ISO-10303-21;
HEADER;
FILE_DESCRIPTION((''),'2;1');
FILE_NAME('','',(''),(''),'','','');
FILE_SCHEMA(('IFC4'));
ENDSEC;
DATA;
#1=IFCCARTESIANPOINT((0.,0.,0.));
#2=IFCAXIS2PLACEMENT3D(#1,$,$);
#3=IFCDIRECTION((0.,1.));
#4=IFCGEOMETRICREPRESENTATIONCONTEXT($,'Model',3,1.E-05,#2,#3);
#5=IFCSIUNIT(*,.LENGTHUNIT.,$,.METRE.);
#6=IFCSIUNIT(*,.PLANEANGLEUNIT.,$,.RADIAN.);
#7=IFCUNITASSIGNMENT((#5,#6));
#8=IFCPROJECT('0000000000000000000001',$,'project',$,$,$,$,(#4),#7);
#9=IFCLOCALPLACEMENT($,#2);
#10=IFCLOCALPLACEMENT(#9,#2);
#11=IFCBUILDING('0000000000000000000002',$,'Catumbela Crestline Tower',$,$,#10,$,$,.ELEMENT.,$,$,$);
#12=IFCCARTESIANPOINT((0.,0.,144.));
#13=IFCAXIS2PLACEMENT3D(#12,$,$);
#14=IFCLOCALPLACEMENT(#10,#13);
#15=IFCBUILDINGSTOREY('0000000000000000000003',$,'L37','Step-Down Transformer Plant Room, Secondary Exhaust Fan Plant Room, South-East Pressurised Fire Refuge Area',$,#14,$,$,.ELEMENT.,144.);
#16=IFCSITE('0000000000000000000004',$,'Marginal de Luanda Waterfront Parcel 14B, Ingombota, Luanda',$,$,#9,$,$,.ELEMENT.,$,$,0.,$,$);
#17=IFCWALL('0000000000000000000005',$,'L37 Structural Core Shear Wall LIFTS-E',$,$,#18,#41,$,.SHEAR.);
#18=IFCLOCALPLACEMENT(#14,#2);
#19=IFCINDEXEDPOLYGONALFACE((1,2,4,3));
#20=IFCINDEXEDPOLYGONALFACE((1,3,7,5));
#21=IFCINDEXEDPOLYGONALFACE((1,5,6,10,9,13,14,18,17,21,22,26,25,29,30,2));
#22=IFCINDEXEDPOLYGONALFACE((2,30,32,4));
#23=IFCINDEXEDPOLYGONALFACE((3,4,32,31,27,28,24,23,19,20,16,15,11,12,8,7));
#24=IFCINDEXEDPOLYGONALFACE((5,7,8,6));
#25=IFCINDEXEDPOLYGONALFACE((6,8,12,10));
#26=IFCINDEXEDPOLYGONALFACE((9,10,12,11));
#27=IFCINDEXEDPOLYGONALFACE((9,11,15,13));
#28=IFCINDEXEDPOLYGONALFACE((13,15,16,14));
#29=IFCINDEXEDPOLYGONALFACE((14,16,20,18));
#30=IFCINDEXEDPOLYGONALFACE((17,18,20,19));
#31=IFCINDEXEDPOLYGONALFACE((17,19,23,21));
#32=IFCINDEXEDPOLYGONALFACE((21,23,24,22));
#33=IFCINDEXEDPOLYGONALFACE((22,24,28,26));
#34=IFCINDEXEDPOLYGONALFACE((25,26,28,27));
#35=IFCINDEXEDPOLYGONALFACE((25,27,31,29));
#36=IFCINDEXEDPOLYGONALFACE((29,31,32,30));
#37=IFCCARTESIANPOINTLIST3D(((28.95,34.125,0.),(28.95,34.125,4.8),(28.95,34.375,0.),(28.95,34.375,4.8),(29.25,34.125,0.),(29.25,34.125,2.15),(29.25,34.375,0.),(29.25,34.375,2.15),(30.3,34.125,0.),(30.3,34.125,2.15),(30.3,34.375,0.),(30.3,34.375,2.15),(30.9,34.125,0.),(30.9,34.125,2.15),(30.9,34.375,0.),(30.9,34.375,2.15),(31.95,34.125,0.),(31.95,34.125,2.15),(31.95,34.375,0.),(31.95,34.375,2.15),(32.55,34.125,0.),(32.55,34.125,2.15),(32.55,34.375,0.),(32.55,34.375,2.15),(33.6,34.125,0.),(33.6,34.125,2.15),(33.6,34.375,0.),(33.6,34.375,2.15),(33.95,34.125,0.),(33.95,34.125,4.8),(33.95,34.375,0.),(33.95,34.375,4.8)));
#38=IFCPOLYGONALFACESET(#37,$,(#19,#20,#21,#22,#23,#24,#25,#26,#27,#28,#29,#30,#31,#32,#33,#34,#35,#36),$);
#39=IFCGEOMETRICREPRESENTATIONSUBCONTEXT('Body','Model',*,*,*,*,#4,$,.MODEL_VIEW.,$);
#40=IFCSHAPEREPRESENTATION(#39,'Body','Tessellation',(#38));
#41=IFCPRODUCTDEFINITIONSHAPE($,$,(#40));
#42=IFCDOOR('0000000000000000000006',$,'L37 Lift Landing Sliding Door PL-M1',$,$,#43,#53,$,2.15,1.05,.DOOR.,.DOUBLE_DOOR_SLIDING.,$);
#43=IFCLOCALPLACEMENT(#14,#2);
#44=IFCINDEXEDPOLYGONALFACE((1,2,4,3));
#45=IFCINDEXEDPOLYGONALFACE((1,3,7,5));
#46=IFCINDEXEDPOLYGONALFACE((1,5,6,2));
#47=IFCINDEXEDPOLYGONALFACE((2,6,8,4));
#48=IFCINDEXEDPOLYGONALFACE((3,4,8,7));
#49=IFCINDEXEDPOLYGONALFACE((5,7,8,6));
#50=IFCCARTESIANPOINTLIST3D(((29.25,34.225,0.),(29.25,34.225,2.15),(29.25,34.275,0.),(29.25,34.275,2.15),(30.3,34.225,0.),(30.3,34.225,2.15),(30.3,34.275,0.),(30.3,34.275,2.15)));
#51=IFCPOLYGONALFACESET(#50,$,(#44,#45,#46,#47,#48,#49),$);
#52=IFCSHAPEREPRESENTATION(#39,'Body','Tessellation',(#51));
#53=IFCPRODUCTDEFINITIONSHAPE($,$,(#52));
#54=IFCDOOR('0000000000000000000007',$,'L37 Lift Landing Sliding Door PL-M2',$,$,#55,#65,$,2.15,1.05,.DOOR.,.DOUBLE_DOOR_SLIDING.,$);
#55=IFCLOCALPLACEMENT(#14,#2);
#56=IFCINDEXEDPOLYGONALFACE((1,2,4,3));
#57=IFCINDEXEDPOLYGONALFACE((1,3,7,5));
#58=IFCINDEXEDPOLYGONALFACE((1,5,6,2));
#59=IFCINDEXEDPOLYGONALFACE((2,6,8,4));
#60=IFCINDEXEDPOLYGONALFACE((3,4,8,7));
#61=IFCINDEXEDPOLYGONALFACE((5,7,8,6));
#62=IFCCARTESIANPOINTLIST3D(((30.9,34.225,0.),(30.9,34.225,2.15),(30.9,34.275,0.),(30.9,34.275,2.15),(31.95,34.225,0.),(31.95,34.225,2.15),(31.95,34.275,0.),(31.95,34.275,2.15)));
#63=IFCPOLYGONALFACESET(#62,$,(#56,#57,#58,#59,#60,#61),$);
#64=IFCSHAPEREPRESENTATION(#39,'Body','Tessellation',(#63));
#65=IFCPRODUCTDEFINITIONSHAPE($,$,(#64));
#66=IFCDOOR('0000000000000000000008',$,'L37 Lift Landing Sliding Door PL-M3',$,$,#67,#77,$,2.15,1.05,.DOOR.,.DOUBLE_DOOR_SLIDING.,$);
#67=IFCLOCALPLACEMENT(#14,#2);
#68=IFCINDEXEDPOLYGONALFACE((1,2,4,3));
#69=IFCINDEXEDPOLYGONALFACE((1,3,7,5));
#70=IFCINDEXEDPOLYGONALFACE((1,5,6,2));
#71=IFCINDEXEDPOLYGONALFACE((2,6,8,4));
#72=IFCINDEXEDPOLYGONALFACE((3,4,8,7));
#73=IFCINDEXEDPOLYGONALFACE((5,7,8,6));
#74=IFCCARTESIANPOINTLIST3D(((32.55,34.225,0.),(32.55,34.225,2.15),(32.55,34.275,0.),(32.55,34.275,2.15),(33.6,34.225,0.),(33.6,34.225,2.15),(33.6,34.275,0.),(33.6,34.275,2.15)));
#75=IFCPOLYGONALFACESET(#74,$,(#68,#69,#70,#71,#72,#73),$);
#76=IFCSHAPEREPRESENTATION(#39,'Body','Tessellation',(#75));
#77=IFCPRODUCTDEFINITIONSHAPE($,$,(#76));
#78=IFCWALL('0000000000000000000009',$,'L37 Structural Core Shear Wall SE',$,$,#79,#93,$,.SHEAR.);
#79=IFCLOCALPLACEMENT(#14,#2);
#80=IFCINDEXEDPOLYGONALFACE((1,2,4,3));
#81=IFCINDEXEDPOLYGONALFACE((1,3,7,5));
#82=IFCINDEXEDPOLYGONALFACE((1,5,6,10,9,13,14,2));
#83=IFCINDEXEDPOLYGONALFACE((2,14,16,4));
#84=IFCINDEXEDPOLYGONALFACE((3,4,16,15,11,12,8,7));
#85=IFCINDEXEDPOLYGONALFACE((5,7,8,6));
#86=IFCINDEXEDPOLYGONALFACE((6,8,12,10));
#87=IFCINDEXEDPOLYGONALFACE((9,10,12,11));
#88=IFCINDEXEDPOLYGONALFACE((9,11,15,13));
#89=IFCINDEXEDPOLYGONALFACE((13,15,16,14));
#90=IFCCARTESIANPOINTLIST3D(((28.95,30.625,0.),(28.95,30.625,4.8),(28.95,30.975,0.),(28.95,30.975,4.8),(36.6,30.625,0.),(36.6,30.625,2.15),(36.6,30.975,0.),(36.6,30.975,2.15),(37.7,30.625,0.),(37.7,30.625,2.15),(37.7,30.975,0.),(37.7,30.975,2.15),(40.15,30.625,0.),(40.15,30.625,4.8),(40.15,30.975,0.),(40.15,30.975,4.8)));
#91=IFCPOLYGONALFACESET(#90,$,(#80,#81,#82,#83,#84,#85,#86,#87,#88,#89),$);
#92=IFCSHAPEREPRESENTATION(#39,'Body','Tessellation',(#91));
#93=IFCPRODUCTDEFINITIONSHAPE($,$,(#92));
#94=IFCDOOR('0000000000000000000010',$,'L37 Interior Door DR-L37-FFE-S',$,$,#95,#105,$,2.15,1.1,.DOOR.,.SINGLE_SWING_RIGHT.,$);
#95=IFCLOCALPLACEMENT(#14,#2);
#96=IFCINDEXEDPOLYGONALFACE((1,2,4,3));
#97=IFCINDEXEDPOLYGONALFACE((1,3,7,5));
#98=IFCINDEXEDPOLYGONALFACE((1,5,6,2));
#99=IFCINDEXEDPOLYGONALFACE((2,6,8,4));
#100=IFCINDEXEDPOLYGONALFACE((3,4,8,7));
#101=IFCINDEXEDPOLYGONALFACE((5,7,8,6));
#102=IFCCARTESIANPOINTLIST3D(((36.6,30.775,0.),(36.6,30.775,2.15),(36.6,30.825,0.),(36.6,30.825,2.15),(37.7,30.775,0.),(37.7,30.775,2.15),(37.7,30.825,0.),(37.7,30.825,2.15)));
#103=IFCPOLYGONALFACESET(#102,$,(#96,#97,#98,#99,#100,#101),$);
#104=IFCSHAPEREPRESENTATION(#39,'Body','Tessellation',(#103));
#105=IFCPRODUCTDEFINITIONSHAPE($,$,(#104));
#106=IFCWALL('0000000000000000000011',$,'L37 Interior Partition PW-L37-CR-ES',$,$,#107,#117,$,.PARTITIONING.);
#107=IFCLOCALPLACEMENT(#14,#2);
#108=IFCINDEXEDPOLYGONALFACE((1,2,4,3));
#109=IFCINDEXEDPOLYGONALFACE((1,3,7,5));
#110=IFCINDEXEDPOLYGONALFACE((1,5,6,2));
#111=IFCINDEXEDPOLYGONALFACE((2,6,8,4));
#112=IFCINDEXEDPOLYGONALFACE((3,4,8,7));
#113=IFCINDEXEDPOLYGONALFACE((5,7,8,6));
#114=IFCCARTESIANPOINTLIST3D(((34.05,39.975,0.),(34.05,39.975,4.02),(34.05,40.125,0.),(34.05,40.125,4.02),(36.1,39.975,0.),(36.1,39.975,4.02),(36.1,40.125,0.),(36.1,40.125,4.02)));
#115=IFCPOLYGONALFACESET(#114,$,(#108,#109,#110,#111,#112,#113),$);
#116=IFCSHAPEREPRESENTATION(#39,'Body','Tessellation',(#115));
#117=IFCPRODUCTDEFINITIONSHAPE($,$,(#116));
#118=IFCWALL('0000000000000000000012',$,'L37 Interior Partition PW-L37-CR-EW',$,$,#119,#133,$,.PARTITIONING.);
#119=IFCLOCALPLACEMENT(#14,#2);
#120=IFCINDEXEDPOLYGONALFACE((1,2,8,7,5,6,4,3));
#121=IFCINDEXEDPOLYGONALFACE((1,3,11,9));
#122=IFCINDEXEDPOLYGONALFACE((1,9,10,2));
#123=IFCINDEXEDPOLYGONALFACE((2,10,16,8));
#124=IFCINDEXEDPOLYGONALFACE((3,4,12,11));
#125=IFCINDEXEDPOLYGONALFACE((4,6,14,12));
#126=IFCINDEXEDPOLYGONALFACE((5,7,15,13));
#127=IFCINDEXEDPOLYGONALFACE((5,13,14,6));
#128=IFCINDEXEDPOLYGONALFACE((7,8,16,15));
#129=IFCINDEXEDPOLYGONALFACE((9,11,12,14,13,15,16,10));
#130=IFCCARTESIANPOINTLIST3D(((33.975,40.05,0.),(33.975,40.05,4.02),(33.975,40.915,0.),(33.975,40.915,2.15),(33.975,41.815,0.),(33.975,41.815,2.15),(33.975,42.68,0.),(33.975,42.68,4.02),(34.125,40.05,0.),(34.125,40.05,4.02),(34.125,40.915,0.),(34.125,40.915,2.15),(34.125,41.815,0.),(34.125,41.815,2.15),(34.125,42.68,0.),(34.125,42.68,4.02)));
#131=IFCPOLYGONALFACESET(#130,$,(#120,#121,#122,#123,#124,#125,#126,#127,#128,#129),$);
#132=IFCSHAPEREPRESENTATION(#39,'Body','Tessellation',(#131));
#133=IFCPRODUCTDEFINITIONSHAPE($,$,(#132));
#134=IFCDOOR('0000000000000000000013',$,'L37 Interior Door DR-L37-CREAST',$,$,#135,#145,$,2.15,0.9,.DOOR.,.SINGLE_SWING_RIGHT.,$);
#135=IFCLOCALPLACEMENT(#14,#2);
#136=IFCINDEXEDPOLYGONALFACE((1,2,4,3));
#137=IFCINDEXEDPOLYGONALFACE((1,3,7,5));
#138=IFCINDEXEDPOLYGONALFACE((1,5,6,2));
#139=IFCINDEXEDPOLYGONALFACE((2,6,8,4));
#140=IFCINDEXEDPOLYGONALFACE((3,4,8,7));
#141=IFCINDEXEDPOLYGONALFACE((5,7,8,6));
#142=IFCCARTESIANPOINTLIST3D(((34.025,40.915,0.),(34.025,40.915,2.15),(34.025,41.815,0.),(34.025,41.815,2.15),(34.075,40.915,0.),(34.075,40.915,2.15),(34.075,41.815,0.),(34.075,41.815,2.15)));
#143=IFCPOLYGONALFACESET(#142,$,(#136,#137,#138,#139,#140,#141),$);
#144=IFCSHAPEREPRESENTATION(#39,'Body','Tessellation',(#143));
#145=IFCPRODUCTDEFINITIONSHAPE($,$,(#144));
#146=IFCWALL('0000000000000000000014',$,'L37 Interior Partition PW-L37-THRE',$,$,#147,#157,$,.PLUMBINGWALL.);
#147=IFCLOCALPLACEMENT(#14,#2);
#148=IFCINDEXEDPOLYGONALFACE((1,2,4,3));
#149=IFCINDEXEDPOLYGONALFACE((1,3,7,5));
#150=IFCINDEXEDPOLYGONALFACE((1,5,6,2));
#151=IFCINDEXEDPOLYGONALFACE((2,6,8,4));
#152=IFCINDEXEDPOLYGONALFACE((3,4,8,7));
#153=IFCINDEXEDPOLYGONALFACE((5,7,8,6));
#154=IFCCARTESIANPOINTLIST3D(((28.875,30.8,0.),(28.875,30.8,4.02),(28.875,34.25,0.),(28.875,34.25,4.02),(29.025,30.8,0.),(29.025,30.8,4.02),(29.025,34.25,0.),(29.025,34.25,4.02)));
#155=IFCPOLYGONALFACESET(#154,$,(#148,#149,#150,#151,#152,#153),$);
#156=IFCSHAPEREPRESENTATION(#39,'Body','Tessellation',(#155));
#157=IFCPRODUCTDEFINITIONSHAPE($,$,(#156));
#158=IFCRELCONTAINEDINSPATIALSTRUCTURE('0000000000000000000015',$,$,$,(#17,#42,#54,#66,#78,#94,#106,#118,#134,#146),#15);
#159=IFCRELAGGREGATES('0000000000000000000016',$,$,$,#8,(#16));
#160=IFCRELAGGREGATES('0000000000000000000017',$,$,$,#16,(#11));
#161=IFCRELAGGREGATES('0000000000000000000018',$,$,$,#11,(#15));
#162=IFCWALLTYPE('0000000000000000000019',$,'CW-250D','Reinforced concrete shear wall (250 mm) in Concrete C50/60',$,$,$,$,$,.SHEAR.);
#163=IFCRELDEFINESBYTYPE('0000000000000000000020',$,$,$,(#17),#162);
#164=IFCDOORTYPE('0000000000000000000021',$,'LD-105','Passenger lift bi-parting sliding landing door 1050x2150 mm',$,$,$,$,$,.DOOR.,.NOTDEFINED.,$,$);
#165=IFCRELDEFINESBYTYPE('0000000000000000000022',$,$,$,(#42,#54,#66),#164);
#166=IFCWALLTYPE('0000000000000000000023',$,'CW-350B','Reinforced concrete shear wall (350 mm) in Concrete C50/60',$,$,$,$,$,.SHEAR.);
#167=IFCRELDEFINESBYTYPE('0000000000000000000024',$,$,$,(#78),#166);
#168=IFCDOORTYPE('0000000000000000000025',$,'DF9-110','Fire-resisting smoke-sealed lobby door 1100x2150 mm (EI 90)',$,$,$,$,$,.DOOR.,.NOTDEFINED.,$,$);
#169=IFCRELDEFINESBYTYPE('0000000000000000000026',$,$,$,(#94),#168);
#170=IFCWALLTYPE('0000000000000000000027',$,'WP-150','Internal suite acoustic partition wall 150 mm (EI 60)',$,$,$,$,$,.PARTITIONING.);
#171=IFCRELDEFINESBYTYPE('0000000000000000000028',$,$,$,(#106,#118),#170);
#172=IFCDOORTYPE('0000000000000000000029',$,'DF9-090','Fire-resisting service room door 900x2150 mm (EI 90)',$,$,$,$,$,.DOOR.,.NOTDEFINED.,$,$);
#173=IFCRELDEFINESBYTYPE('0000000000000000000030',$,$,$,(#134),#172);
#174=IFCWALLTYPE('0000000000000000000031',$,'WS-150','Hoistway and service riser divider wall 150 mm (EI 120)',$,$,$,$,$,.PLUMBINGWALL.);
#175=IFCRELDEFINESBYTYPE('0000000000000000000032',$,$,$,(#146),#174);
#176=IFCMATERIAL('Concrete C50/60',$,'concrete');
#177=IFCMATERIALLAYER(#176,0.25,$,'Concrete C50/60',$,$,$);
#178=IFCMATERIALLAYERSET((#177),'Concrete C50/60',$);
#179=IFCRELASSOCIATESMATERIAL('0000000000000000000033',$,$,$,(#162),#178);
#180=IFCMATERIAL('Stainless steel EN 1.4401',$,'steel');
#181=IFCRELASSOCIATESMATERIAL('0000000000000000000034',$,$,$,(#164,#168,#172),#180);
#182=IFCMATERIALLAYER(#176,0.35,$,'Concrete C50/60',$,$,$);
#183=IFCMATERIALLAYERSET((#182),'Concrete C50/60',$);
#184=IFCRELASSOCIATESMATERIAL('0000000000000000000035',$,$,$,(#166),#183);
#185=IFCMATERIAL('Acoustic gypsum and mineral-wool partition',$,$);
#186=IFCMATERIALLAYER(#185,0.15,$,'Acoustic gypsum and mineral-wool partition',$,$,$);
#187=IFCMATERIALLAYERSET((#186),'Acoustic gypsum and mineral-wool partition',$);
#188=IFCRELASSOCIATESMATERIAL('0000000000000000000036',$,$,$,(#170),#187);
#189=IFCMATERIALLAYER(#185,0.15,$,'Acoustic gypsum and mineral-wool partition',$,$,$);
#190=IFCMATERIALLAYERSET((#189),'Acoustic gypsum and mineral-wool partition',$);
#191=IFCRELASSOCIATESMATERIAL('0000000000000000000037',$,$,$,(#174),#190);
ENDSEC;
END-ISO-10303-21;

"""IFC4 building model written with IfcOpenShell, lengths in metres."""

from ifc_helpers import new_model, si_unit, direction, frame, frame_2d, origin, place, context, subcontext, project, spatial, rectangle, extrude, material, layer, layer_set, type_object, element, fill, save


model = new_model("IFC4")

# Units and contexts
model_context = context("Model", 3, precision=1e-05, world=origin(), true_north=direction((0.0, 1.0)))
body_context = subcontext(model_context, "Body", "Model", "MODEL_VIEW")
ifc_project = project(units=[si_unit("LENGTHUNIT", "METRE"), si_unit("PLANEANGLEUNIT", "RADIAN")], contexts=[model_context])

# Site, building, storey
site_placement = place(None, origin())
site = spatial("IfcSite", under=ifc_project, at=site_placement, Name="Marginal de Luanda Waterfront Parcel 14B, Ingombota, Luanda", CompositionType="ELEMENT", RefElevation=0.0)
building_placement = place(site_placement, origin())
building = spatial("IfcBuilding", under=site, at=building_placement, Name="Catumbela Crestline Tower", CompositionType="ELEMENT")
storey_placement = place(building_placement, frame((0.0, 0.0, 144.0)))
storey = spatial("IfcBuildingStorey", under=building, at=storey_placement, Name="L37", Description="Step-Down Transformer Plant Room, Secondary Exhaust Fan Plant Room, South-East Pressurised Fire Refuge Area", CompositionType="ELEMENT", Elevation=144.0)

# Shared definitions
ifc_material_1 = material(Name="Concrete C50/60", Category="concrete")
ifc_layer_1 = layer(ifc_material_1, 0.25, Name="Concrete C50/60")
ifc_layer_set_1 = layer_set([ifc_layer_1], Name="Concrete C50/60")
wall_type_1 = type_object("IfcWallType", Name="CW-250D", Description="Reinforced concrete shear wall (250 mm) in Concrete C50/60", PredefinedType="SHEAR", material=ifc_layer_set_1)

# Wall, openings, doors
ifc_material_2 = material(Name="Stainless steel EN 1.4401", Category="steel")
wall_1_placement = place(storey_placement, frame((28.95, 34.25, 0.0), z_axis=(0.0, 0.0, 1.0), x_axis=(1.0, 0.0, 0.0)))
wall_1 = element("IfcWall", 1, at=wall_1_placement, inside=storey, type_object=wall_type_1, Name="L37 Structural Core Shear Wall LIFTS-E", PredefinedType="SHEAR", context=body_context, shape_type="SweptSolid", body=[
    extrude(rectangle(XDim=5.0, YDim=0.25, at=frame_2d((2.5, 0.0))), origin(), (0.0, 0.0, 1.0), 4.8),
])
opening_1_placement = place(wall_1_placement, frame((0.3, 0.0, 0.0)))
opening_1 = element("IfcOpeningElement", 2, at=opening_1_placement, cuts=wall_1, PredefinedType="OPENING", context=body_context, shape_type="SweptSolid", body=[
    extrude(rectangle(XDim=1.05, YDim=2.15, at=frame_2d((0.525, 1.075))), frame((0.0, 0.135, 0.0), z_axis=(0.0, -1.0, 0.0), x_axis=(1.0, 0.0, 0.0)), (0.0, 0.0, 1.0), 0.27),
])
opening_2_placement = place(wall_1_placement, frame((1.95, 0.0, 0.0)))
opening_2 = element("IfcOpeningElement", 3, at=opening_2_placement, cuts=wall_1, PredefinedType="OPENING", context=body_context, shape_type="SweptSolid", body=[
    extrude(rectangle(XDim=1.05, YDim=2.15, at=frame_2d((0.525, 1.075))), frame((0.0, 0.135, 0.0), z_axis=(0.0, -1.0, 0.0), x_axis=(1.0, 0.0, 0.0)), (0.0, 0.0, 1.0), 0.27),
])
opening_3_placement = place(wall_1_placement, frame((3.6, 0.0, 0.0)))
opening_3 = element("IfcOpeningElement", 4, at=opening_3_placement, cuts=wall_1, PredefinedType="OPENING", context=body_context, shape_type="SweptSolid", body=[
    extrude(rectangle(XDim=1.05, YDim=2.15, at=frame_2d((0.525, 1.075))), frame((0.0, 0.135, 0.0), z_axis=(0.0, -1.0, 0.0), x_axis=(1.0, 0.0, 0.0)), (0.0, 0.0, 1.0), 0.27),
])
door_type_1 = type_object("IfcDoorType", Name="LD-105", Description="Passenger lift bi-parting sliding landing door 1050x2150 mm", OperationType="NOTDEFINED", PredefinedType="DOOR", material=ifc_material_2)
door_1_placement = place(opening_1_placement, origin())
door_1 = element("IfcDoor", 5, at=door_1_placement, inside=storey, type_object=door_type_1, Name="L37 Lift Landing Sliding Door PL-M1", OperationType="DOUBLE_DOOR_SLIDING", OverallHeight=2.15, OverallWidth=1.05, PredefinedType="DOOR", context=body_context, shape_type="SweptSolid", body=[
    extrude(rectangle(XDim=1.05, YDim=2.15, at=frame_2d((0.525, 1.075))), frame((0.0, 0.025, 0.0), z_axis=(0.0, -1.0, 0.0), x_axis=(1.0, 0.0, 0.0)), (0.0, 0.0, 1.0), 0.05),
])
fill(opening_1, door_1)
door_2_placement = place(opening_2_placement, origin())
door_2 = element("IfcDoor", 6, at=door_2_placement, inside=storey, type_object=door_type_1, Name="L37 Lift Landing Sliding Door PL-M2", OperationType="DOUBLE_DOOR_SLIDING", OverallHeight=2.15, OverallWidth=1.05, PredefinedType="DOOR", context=body_context, shape_type="SweptSolid", body=[
    extrude(rectangle(XDim=1.05, YDim=2.15, at=frame_2d((0.525, 1.075))), frame((0.0, 0.025, 0.0), z_axis=(0.0, -1.0, 0.0), x_axis=(1.0, 0.0, 0.0)), (0.0, 0.0, 1.0), 0.05),
])
fill(opening_2, door_2)
door_3_placement = place(opening_3_placement, origin())
door_3 = element("IfcDoor", 7, at=door_3_placement, inside=storey, type_object=door_type_1, Name="L37 Lift Landing Sliding Door PL-M3", OperationType="DOUBLE_DOOR_SLIDING", OverallHeight=2.15, OverallWidth=1.05, PredefinedType="DOOR", context=body_context, shape_type="SweptSolid", body=[
    extrude(rectangle(XDim=1.05, YDim=2.15, at=frame_2d((0.525, 1.075))), frame((0.0, 0.025, 0.0), z_axis=(0.0, -1.0, 0.0), x_axis=(1.0, 0.0, 0.0)), (0.0, 0.0, 1.0), 0.05),
])
fill(opening_3, door_3)

# Wall, opening, door
ifc_layer_2 = layer(ifc_material_1, 0.35, Name="Concrete C50/60")
ifc_layer_set_2 = layer_set([ifc_layer_2], Name="Concrete C50/60")
wall_type_2 = type_object("IfcWallType", Name="CW-350B", Description="Reinforced concrete shear wall (350 mm) in Concrete C50/60", PredefinedType="SHEAR", material=ifc_layer_set_2)
wall_2_placement = place(storey_placement, frame((28.95, 30.8, 0.0), z_axis=(0.0, 0.0, 1.0), x_axis=(1.0, 0.0, 0.0)))
wall_2 = element("IfcWall", 8, at=wall_2_placement, inside=storey, type_object=wall_type_2, Name="L37 Structural Core Shear Wall SE", PredefinedType="SHEAR", context=body_context, shape_type="SweptSolid", body=[
    extrude(rectangle(XDim=11.2, YDim=0.35, at=frame_2d((5.6, 0.0))), origin(), (0.0, 0.0, 1.0), 4.8),
])
opening_4_placement = place(wall_2_placement, frame((7.65, 0.0, 0.0)))
opening_4 = element("IfcOpeningElement", 9, at=opening_4_placement, cuts=wall_2, PredefinedType="OPENING", context=body_context, shape_type="SweptSolid", body=[
    extrude(rectangle(XDim=1.1, YDim=2.15, at=frame_2d((0.55, 1.075))), frame((0.0, 0.185, 0.0), z_axis=(0.0, -1.0, 0.0), x_axis=(1.0, 0.0, 0.0)), (0.0, 0.0, 1.0), 0.37),
])
door_type_2 = type_object("IfcDoorType", Name="DF9-110", Description="Fire-resisting smoke-sealed lobby door 1100x2150 mm (EI 90)", OperationType="NOTDEFINED", PredefinedType="DOOR", material=ifc_material_2)
door_4_placement = place(opening_4_placement, origin())
door_4 = element("IfcDoor", 10, at=door_4_placement, inside=storey, type_object=door_type_2, Name="L37 Interior Door DR-L37-FFE-S", OperationType="SINGLE_SWING_RIGHT", OverallHeight=2.15, OverallWidth=1.1, PredefinedType="DOOR", context=body_context, shape_type="SweptSolid", body=[
    extrude(rectangle(XDim=1.1, YDim=2.15, at=frame_2d((0.55, 1.075))), frame((0.0, 0.025, 0.0), z_axis=(0.0, -1.0, 0.0), x_axis=(1.0, 0.0, 0.0)), (0.0, 0.0, 1.0), 0.05),
])
fill(opening_4, door_4)

# Wall
ifc_material_3 = material(Name="Acoustic gypsum and mineral-wool partition")
ifc_layer_3 = layer(ifc_material_3, 0.15, Name="Acoustic gypsum and mineral-wool partition")
ifc_layer_set_3 = layer_set([ifc_layer_3], Name="Acoustic gypsum and mineral-wool partition")
wall_type_3 = type_object("IfcWallType", Name="WP-150", Description="Internal suite acoustic partition wall 150 mm (EI 60)", PredefinedType="PARTITIONING", material=ifc_layer_set_3)
wall_3_placement = place(storey_placement, frame((34.05, 40.05, 0.0), z_axis=(0.0, 0.0, 1.0), x_axis=(1.0, 0.0, 0.0)))
element("IfcWall", 11, at=wall_3_placement, inside=storey, type_object=wall_type_3, Name="L37 Interior Partition PW-L37-CR-ES", PredefinedType="PARTITIONING", context=body_context, shape_type="SweptSolid", body=[
    extrude(rectangle(XDim=2.05, YDim=0.15, at=frame_2d((1.025, 0.0))), origin(), (0.0, 0.0, 1.0), 4.02),
])

# Wall, opening, door
wall_4_placement = place(storey_placement, frame((34.05, 40.05, 0.0), z_axis=(0.0, 0.0, 1.0), x_axis=(0.0, 1.0, 0.0)))
wall_4 = element("IfcWall", 12, at=wall_4_placement, inside=storey, type_object=wall_type_3, Name="L37 Interior Partition PW-L37-CR-EW", PredefinedType="PARTITIONING", context=body_context, shape_type="SweptSolid", body=[
    extrude(rectangle(XDim=2.63, YDim=0.15, at=frame_2d((1.315, 0.0))), origin(), (0.0, 0.0, 1.0), 4.02),
])
opening_5_placement = place(wall_4_placement, frame((0.865, 0.0, 0.0)))
opening_5 = element("IfcOpeningElement", 13, at=opening_5_placement, cuts=wall_4, PredefinedType="OPENING", context=body_context, shape_type="SweptSolid", body=[
    extrude(rectangle(XDim=0.9, YDim=2.15, at=frame_2d((0.45, 1.075))), frame((0.0, 0.085, 0.0), z_axis=(0.0, -1.0, 0.0), x_axis=(1.0, 0.0, 0.0)), (0.0, 0.0, 1.0), 0.17),
])
door_type_3 = type_object("IfcDoorType", Name="DF9-090", Description="Fire-resisting service room door 900x2150 mm (EI 90)", OperationType="NOTDEFINED", PredefinedType="DOOR", material=ifc_material_2)
door_5_placement = place(opening_5_placement, origin())
door_5 = element("IfcDoor", 14, at=door_5_placement, inside=storey, type_object=door_type_3, Name="L37 Interior Door DR-L37-CREAST", OperationType="SINGLE_SWING_RIGHT", OverallHeight=2.15, OverallWidth=0.9, PredefinedType="DOOR", context=body_context, shape_type="SweptSolid", body=[
    extrude(rectangle(XDim=0.9, YDim=2.15, at=frame_2d((0.45, 1.075))), frame((0.0, 0.025, 0.0), z_axis=(0.0, -1.0, 0.0), x_axis=(1.0, 0.0, 0.0)), (0.0, 0.0, 1.0), 0.05),
])
fill(opening_5, door_5)

# Wall
ifc_layer_4 = layer(ifc_material_3, 0.15, Name="Acoustic gypsum and mineral-wool partition")
ifc_layer_set_4 = layer_set([ifc_layer_4], Name="Acoustic gypsum and mineral-wool partition")
wall_type_4 = type_object("IfcWallType", Name="WS-150", Description="Hoistway and service riser divider wall 150 mm (EI 120)", PredefinedType="PLUMBINGWALL", material=ifc_layer_set_4)
wall_5_placement = place(storey_placement, frame((28.95, 30.8, 0.0), z_axis=(0.0, 0.0, 1.0), x_axis=(0.0, 1.0, 0.0)))
element("IfcWall", 15, at=wall_5_placement, inside=storey, type_object=wall_type_4, Name="L37 Interior Partition PW-L37-THRE", PredefinedType="PLUMBINGWALL", context=body_context, shape_type="SweptSolid", body=[
    extrude(rectangle(XDim=3.45, YDim=0.15, at=frame_2d((1.725, 0.0))), origin(), (0.0, 0.0, 1.0), 4.02),
])

save(model, "model.ifc")
